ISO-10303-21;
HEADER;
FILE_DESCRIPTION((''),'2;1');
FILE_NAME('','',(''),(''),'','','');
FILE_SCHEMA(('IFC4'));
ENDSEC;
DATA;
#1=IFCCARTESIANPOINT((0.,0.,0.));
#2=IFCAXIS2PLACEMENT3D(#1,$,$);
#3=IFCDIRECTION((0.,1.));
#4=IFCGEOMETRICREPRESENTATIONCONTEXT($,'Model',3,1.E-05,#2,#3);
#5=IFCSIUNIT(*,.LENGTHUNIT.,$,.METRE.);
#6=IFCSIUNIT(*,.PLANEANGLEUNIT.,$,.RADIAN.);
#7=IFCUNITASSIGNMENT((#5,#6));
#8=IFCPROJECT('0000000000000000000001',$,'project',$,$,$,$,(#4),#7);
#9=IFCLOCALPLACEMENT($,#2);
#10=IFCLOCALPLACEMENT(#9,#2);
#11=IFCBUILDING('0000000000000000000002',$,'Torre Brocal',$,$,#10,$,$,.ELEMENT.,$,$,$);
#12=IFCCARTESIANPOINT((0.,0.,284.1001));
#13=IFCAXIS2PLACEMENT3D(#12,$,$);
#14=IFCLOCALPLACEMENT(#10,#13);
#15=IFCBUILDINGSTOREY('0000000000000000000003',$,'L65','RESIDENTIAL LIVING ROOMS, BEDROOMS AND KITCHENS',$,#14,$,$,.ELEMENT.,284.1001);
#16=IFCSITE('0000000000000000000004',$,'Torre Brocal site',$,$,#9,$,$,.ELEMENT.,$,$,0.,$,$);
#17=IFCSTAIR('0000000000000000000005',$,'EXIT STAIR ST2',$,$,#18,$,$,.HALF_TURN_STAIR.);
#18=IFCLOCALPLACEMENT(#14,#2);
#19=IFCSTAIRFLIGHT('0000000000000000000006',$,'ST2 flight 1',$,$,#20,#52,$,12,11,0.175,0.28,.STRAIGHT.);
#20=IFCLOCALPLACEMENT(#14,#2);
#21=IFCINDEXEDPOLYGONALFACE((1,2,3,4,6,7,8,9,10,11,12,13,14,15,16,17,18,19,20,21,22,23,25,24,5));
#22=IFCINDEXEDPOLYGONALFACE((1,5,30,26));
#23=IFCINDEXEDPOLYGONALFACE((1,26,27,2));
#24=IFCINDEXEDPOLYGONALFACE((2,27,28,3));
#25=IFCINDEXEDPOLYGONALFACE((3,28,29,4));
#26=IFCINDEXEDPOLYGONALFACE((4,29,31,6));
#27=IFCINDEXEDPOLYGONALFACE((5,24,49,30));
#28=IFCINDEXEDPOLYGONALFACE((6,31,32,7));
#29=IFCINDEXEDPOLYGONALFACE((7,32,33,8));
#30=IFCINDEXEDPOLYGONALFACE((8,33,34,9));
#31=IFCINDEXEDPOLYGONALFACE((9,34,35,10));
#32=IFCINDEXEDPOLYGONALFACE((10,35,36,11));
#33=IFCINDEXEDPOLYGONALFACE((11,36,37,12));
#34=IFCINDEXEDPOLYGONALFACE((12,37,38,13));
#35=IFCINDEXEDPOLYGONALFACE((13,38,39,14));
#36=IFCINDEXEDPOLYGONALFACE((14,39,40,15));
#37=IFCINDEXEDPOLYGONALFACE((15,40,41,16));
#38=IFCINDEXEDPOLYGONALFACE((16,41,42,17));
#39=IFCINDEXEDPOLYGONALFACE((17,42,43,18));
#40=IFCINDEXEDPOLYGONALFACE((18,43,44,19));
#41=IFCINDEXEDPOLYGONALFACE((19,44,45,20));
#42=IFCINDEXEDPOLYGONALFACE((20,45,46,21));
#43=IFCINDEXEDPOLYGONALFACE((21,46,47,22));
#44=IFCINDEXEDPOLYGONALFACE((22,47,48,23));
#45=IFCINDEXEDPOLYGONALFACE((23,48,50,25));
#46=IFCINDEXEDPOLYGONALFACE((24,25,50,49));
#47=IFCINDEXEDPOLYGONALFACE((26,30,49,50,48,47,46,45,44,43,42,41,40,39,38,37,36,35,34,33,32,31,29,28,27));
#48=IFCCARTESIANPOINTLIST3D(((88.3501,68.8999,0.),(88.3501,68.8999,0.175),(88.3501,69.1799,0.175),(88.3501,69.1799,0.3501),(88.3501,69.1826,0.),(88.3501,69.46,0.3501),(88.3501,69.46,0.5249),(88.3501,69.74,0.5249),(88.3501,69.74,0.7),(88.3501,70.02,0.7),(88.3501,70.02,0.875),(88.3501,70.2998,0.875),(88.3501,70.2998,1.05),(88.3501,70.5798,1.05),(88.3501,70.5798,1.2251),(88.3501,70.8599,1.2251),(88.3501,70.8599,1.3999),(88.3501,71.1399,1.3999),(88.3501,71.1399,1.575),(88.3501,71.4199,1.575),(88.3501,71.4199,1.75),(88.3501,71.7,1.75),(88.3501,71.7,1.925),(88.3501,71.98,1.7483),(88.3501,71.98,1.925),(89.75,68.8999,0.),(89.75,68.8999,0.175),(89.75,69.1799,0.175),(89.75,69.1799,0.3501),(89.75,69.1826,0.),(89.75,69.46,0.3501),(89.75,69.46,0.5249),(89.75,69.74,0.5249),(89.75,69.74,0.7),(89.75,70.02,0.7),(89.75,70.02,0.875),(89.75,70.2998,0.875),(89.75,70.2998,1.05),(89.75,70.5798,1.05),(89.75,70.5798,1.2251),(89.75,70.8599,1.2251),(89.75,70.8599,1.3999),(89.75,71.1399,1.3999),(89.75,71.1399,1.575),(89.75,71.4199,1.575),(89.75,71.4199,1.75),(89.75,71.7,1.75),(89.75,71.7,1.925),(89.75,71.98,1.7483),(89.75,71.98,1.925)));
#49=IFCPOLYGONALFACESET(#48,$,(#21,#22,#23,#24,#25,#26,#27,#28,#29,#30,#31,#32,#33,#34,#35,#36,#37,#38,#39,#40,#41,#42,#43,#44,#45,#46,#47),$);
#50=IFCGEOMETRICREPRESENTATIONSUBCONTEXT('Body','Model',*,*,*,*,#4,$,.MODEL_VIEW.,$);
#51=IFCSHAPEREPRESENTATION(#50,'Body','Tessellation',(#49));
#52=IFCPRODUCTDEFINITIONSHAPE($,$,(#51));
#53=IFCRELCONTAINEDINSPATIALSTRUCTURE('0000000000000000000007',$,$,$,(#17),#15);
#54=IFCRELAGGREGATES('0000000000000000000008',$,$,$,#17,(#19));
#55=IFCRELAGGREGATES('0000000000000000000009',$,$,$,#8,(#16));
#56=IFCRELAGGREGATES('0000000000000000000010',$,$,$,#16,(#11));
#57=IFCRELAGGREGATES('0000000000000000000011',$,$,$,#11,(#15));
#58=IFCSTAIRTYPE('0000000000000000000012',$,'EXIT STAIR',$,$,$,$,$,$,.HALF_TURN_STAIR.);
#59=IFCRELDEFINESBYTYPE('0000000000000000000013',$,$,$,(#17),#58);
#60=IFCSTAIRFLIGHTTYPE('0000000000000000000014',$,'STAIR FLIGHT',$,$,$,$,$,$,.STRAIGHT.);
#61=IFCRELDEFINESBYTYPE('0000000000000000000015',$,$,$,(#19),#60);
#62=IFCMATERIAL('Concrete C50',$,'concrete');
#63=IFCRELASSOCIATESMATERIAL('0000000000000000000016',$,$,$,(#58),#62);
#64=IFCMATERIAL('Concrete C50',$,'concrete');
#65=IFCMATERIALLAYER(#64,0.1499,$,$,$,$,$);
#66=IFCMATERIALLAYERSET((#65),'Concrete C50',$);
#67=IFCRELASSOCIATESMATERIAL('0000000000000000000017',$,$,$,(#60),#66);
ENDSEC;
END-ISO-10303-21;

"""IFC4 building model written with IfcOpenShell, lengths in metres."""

from ifc_helpers import new_model, si_unit, direction, frame, origin, place, context, subcontext, project, spatial, polyline, outline, extrude, material, layer, layer_set, type_object, element, aggregate, save


model = new_model("IFC4")

# Units and contexts
model_context = context("Model", 3, precision=1e-05, world=origin(), true_north=direction((0.0, 1.0)))
body_context = subcontext(model_context, "Body", "Model", "MODEL_VIEW")
ifc_project = project(units=[si_unit("LENGTHUNIT", "METRE"), si_unit("PLANEANGLEUNIT", "RADIAN")], contexts=[model_context])

# Site, building, storey
site_placement = place(None, origin())
site = spatial("IfcSite", under=ifc_project, at=site_placement, Name="Torre Brocal site", CompositionType="ELEMENT", RefElevation=0.0)
building_placement = place(site_placement, origin())
building = spatial("IfcBuilding", under=site, at=building_placement, Name="Torre Brocal", CompositionType="ELEMENT")
storey_placement = place(building_placement, frame((0.0, 0.0, 284.1001)))
storey = spatial("IfcBuildingStorey", under=building, at=storey_placement, Name="L65", Description="RESIDENTIAL LIVING ROOMS, BEDROOMS AND KITCHENS", CompositionType="ELEMENT", Elevation=284.1001)

# Stair, stair flight
ifc_material_1 = material(Name="Concrete C50", Category="concrete")
stair_type = type_object("IfcStairType", Name="EXIT STAIR", PredefinedType="HALF_TURN_STAIR", material=ifc_material_1)
stair_placement = place(storey_placement, origin())
stair = element("IfcStair", 1, at=stair_placement, inside=storey, type_object=stair_type, Name="EXIT STAIR ST2", PredefinedType="HALF_TURN_STAIR")
ifc_material_2 = material(Name="Concrete C50", Category="concrete")
ifc_layer_1 = layer(ifc_material_2, 0.1499)
ifc_layer_set_1 = layer_set([ifc_layer_1], Name="Concrete C50")
stair_flight_type = type_object("IfcStairFlightType", Name="STAIR FLIGHT", PredefinedType="STRAIGHT", material=ifc_layer_set_1)
stair_flight_placement = place(storey_placement, frame((89.05, 68.8999, 0.0), z_axis=(0.0, 0.0, 1.0), x_axis=(0.0, 1.0, 0.0)))
stair_flight = element("IfcStairFlight", 2, at=stair_flight_placement, type_object=stair_flight_type, Name="ST2 flight 1", NumberOfRisers=12, NumberOfTreads=11, PredefinedType="STRAIGHT", RiserHeight=0.175, TreadLength=0.28, context=body_context, shape_type="SweptSolid", body=[
    extrude(outline(polyline([(0.0, 0.0), (0.0, 0.175), (0.28, 0.175), (0.28, 0.3501), (0.5601, 0.3501), (0.5601, 0.5249), (0.8401, 0.5249), (0.8401, 0.7), (1.1201, 0.7), (1.1201, 0.875), (1.3999, 0.875), (1.3999, 1.05), (1.6799, 1.05), (1.6799, 1.2251), (1.96, 1.2251), (1.96, 1.3999), (2.24, 1.3999), (2.24, 1.575), (2.52, 1.575), (2.52, 1.75), (2.8, 1.75), (2.8, 1.925), (3.0801, 1.925), (3.0801, 2.1001), (3.0801, 1.7483), (0.2827, 0.0), (0.0, 0.0)])), frame((0.0, 0.7, 0.0), z_axis=(0.0, -1.0, 0.0), x_axis=(1.0, 0.0, 0.0)), (0.0, 0.0, 1.0), 1.3999),
])
aggregate(stair, [stair_flight])

save(model, "model.ifc")
